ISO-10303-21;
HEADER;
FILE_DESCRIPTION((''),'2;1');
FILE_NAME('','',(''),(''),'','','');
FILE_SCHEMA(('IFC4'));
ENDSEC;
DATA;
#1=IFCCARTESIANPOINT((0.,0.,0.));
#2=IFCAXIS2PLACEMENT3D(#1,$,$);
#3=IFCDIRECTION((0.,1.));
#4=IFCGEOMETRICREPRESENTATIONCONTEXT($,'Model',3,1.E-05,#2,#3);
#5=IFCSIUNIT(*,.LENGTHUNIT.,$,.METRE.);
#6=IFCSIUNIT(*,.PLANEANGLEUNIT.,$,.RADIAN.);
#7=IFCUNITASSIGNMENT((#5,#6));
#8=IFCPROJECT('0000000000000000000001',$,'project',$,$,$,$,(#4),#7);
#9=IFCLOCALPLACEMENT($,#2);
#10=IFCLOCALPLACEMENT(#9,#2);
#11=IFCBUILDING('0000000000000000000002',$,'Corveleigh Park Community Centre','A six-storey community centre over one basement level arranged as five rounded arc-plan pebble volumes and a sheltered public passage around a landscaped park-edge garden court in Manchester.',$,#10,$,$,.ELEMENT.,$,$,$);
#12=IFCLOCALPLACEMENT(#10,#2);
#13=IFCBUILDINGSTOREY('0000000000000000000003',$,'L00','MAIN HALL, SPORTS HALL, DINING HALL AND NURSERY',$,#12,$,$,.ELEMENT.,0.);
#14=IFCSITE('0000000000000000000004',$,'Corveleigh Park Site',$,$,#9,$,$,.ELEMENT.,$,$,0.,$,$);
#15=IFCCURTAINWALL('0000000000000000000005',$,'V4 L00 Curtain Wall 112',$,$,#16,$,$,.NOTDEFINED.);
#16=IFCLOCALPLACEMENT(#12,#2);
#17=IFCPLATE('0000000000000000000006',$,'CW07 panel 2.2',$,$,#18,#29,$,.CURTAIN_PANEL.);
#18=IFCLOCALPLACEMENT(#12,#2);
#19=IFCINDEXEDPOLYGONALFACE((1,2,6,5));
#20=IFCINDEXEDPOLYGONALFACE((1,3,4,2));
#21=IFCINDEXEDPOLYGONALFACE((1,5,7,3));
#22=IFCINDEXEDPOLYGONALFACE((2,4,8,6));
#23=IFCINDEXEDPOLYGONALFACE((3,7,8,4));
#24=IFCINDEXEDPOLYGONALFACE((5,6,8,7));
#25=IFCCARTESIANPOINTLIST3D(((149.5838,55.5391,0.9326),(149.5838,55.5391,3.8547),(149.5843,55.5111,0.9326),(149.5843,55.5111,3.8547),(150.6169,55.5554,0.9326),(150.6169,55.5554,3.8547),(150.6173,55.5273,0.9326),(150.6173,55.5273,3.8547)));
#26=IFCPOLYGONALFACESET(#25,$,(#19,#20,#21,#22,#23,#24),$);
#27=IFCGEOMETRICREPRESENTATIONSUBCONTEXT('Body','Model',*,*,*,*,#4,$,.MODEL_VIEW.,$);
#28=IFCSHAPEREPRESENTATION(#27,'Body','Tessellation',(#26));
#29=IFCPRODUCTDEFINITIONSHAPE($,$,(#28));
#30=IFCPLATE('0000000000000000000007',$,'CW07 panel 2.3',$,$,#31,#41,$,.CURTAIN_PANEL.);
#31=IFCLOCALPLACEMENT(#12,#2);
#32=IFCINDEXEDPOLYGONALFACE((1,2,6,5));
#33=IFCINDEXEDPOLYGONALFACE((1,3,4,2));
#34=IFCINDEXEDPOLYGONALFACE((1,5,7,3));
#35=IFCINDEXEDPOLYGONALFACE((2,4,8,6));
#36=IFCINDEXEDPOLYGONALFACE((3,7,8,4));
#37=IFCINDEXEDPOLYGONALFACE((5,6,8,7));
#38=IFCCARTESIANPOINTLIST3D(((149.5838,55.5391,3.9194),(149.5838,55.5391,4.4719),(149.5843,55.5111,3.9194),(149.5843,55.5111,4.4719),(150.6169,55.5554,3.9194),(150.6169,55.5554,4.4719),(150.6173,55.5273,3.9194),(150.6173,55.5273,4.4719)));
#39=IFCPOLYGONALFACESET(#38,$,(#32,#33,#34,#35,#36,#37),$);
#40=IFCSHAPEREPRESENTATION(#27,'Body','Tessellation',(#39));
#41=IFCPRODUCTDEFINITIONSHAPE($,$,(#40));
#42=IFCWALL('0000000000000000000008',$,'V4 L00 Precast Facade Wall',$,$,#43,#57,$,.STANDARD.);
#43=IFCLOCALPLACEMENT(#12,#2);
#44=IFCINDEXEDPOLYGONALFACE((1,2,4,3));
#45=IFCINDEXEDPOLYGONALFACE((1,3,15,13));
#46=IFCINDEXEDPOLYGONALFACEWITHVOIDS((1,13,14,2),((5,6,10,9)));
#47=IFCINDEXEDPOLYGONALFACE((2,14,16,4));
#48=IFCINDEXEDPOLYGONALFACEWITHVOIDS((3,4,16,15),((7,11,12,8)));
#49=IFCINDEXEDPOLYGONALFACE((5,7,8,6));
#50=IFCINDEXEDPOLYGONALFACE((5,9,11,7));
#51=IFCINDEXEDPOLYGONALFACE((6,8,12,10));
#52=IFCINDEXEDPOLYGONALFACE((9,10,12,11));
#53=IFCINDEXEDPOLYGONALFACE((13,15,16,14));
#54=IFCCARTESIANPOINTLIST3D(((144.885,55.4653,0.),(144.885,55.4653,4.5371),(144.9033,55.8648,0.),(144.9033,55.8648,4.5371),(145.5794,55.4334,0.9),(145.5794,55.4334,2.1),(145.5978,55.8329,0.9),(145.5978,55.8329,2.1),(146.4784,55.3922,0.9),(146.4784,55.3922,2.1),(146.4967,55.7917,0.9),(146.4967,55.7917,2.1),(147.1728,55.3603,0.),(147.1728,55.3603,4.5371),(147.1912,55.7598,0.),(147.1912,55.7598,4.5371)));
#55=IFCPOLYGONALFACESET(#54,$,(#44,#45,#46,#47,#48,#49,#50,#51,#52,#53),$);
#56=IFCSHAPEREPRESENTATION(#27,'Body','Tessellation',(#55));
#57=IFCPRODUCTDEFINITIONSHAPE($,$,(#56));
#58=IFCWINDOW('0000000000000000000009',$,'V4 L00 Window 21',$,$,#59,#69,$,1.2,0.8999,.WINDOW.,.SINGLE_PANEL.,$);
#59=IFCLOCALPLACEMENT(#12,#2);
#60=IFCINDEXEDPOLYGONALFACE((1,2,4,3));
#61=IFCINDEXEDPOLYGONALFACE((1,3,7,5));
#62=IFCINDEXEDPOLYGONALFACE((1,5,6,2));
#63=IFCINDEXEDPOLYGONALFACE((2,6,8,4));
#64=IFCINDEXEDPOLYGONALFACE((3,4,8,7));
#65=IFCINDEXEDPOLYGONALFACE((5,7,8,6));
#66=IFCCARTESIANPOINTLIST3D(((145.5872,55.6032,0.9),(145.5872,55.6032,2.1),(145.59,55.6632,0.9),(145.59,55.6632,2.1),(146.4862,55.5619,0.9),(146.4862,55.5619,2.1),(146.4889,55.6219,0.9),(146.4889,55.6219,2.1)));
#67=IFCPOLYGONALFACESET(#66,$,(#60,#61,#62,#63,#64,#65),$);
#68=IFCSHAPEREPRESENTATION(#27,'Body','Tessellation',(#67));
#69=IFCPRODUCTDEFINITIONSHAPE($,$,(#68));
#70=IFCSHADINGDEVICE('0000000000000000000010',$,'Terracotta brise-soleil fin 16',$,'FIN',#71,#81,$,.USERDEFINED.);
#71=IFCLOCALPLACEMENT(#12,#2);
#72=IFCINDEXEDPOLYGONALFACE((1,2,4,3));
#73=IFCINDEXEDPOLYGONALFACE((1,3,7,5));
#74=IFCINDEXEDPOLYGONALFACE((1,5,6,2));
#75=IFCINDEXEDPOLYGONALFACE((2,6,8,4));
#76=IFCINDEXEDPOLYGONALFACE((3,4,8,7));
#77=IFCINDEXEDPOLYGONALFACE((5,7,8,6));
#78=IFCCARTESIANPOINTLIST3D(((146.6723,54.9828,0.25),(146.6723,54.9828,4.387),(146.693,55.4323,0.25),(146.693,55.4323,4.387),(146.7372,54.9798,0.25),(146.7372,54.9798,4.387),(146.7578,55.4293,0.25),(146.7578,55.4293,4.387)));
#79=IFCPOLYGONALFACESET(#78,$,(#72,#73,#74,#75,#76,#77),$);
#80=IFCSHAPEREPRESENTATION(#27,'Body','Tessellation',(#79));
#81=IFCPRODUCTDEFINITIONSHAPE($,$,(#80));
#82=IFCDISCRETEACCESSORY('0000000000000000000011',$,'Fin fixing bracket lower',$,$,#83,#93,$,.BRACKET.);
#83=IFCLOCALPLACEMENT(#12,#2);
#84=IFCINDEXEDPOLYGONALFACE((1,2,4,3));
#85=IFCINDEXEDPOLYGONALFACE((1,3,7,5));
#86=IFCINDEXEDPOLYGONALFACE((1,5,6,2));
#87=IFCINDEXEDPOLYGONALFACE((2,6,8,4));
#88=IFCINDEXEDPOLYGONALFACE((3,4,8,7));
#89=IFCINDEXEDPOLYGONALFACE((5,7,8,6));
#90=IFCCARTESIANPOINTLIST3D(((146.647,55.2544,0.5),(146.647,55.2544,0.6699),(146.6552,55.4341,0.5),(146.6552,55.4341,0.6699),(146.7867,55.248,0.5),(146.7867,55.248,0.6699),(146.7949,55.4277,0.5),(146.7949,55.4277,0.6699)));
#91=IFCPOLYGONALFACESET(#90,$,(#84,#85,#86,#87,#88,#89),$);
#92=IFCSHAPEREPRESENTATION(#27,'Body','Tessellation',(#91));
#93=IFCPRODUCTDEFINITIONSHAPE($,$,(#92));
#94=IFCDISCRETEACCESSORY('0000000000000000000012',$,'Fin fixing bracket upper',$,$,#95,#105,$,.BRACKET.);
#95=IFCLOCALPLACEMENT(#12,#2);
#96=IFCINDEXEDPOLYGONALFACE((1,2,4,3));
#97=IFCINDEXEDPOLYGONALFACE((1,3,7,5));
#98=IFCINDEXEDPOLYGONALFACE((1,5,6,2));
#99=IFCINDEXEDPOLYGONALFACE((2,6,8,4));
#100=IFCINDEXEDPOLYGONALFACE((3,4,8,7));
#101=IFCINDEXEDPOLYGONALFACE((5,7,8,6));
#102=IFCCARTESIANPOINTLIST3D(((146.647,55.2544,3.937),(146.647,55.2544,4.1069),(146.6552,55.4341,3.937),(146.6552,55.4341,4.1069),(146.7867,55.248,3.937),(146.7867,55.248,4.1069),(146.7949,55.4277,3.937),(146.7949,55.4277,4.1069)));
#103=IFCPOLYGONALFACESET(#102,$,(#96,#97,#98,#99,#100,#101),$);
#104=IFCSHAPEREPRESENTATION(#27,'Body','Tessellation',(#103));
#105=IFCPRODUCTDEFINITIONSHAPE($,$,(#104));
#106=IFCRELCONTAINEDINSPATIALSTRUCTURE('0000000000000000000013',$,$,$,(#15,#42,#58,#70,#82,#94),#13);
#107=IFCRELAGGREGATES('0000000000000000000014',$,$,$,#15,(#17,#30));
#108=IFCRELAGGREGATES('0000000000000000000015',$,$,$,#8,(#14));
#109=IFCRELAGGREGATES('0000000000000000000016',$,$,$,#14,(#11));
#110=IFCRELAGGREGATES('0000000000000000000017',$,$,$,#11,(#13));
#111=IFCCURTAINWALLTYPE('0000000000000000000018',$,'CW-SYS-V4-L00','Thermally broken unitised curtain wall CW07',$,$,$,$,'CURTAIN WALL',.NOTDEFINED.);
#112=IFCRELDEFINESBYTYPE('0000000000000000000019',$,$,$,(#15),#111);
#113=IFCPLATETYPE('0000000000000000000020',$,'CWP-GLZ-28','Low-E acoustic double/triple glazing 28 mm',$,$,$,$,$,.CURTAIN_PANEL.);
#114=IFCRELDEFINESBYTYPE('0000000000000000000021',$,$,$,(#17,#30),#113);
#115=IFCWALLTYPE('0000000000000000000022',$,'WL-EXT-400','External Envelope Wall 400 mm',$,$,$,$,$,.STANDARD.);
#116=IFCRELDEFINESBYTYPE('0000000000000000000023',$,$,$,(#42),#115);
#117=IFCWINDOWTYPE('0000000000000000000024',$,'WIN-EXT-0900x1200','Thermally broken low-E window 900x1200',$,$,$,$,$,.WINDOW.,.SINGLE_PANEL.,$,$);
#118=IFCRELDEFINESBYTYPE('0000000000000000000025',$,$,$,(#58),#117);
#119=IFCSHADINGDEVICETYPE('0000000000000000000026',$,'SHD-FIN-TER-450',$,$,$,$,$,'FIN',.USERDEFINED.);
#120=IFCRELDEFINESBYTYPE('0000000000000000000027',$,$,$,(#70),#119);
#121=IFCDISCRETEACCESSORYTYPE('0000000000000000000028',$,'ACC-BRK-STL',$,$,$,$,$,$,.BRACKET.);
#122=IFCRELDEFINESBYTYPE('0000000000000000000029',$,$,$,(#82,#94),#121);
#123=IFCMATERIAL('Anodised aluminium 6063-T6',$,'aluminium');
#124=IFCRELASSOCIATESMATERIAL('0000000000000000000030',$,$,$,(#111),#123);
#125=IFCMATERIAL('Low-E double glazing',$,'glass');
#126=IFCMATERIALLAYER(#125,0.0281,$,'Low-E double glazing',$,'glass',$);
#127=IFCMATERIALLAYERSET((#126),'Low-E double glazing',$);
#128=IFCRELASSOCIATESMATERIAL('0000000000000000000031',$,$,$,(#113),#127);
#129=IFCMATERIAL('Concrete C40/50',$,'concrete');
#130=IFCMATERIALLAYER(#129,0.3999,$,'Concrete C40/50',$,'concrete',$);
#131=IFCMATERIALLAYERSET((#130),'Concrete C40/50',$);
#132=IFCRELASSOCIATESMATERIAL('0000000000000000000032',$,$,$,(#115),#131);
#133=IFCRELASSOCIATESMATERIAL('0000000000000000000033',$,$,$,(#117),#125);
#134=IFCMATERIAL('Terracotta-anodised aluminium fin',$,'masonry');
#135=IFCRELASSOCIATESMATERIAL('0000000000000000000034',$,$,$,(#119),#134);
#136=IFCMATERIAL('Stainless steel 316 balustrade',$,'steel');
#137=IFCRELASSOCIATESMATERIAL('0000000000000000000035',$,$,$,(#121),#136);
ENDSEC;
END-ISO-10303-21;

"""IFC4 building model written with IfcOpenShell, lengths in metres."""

from ifc_helpers import new_model, si_unit, direction, frame, frame_2d, origin, origin_2d, place, context, subcontext, project, spatial, rectangle, extrude, material, layer, layer_set, type_object, element, fill, aggregate, save


model = new_model("IFC4")

# Units and contexts
model_context = context("Model", 3, precision=1e-05, world=origin(), true_north=direction((0.0, 1.0)))
body_context = subcontext(model_context, "Body", "Model", "MODEL_VIEW")
ifc_project = project(units=[si_unit("LENGTHUNIT", "METRE"), si_unit("PLANEANGLEUNIT", "RADIAN")], contexts=[model_context])

# Site, building, storey
site_placement = place(None, origin())
site = spatial("IfcSite", under=ifc_project, at=site_placement, Name="Corveleigh Park Site", CompositionType="ELEMENT", RefElevation=0.0)
building_placement = place(site_placement, origin())
building = spatial("IfcBuilding", under=site, at=building_placement, Name="Corveleigh Park Community Centre", Description="A six-storey community centre over one basement level arranged as five rounded arc-plan pebble volumes and a sheltered public passage around a landscaped park-edge garden court in Manchester.", CompositionType="ELEMENT")
storey_placement = place(building_placement, origin())
storey = spatial("IfcBuildingStorey", under=building, at=storey_placement, Name="L00", Description="MAIN HALL, SPORTS HALL, DINING HALL AND NURSERY", CompositionType="ELEMENT", Elevation=0.0)

# Shared definitions
ifc_material_1 = material(Name="Concrete C40/50", Category="concrete")

# Shared definitions
ifc_material_2 = material(Name="Anodised aluminium 6063-T6", Category="aluminium")
curtain_wall_type = type_object("IfcCurtainWallType", Name="CW-SYS-V4-L00", Description="Thermally broken unitised curtain wall CW07", ElementType="CURTAIN WALL", PredefinedType="NOTDEFINED", material=ifc_material_2)

# Curtain wall
curtain_wall_1_placement = place(storey_placement, origin())
curtain_wall_1 = element("IfcCurtainWall", 1, at=curtain_wall_1_placement, inside=storey, type_object=curtain_wall_type, Name="V4 L00 Curtain Wall 112", PredefinedType="NOTDEFINED")

# Plates
ifc_material_3 = material(Name="Low-E double glazing", Category="glass")
ifc_layer_1 = layer(ifc_material_3, 0.0281, Name="Low-E double glazing", Category="glass")
ifc_layer_set_1 = layer_set([ifc_layer_1], Name="Low-E double glazing")
plate_type = type_object("IfcPlateType", Name="CWP-GLZ-28", Description="Low-E acoustic double/triple glazing 28 mm", PredefinedType="CURTAIN_PANEL", material=ifc_layer_set_1)
plate_1_placement = place(storey_placement, frame((150.1006, 55.5332, 0.9326), z_axis=(0.0, 0.0, 1.0), x_axis=(-0.999877, -0.015712, 0.0)))
plate_1 = element("IfcPlate", 2, at=plate_1_placement, type_object=plate_type, Name="CW07 panel 2.2", PredefinedType="CURTAIN_PANEL", context=body_context, shape_type="SweptSolid", body=[
    extrude(rectangle(XDim=1.0332, YDim=0.0281, at=origin_2d()), origin(), (0.0, 0.0, 1.0), 2.9221),
])
plate_2_placement = place(storey_placement, frame((150.1006, 55.5332, 3.9194), z_axis=(0.0, 0.0, 1.0), x_axis=(-0.999877, -0.015712, 0.0)))
plate_2 = element("IfcPlate", 3, at=plate_2_placement, type_object=plate_type, Name="CW07 panel 2.3", PredefinedType="CURTAIN_PANEL", context=body_context, shape_type="SweptSolid", body=[
    extrude(rectangle(XDim=1.0332, YDim=0.0281, at=origin_2d()), origin(), (0.0, 0.0, 1.0), 0.5525),
])
aggregate(curtain_wall_1, [plate_1, plate_2])

# Wall, opening, window
ifc_layer_2 = layer(ifc_material_1, 0.3999, Name="Concrete C40/50", Category="concrete")
ifc_layer_set_2 = layer_set([ifc_layer_2], Name="Concrete C40/50")
wall_type = type_object("IfcWallType", Name="WL-EXT-400", Description="External Envelope Wall 400 mm", PredefinedType="STANDARD", material=ifc_layer_set_2)
wall_placement = place(storey_placement, frame((147.1819, 55.5601, 0.0), z_axis=(0.0, 0.0, 1.0), x_axis=(-0.998949, 0.045838, 0.0)))
wall = element("IfcWall", 4, at=wall_placement, inside=storey, type_object=wall_type, Name="V4 L00 Precast Facade Wall", PredefinedType="STANDARD", context=body_context, shape_type="SweptSolid", body=[
    extrude(rectangle(XDim=2.2903, YDim=0.3999, at=frame_2d((1.145, 0.0))), origin(), (0.0, 0.0, 1.0), 4.5371),
])
opening_placement = place(wall_placement, frame((0.6951, 0.0, 0.8999)))
opening = element("IfcOpeningElement", 5, at=opening_placement, cuts=wall, PredefinedType="OPENING", context=body_context, shape_type="SweptSolid", body=[
    extrude(rectangle(XDim=0.8999, YDim=1.2, at=frame_2d((0.45, 0.6001))), frame((0.0, 0.21, 0.0), z_axis=(0.0, -1.0, 0.0), x_axis=(1.0, 0.0, 0.0)), (0.0, 0.0, 1.0), 0.4199),
])
window_type = type_object("IfcWindowType", Name="WIN-EXT-0900x1200", Description="Thermally broken low-E window 900x1200", PartitioningType="SINGLE_PANEL", PredefinedType="WINDOW", material=ifc_material_3)
window_placement = place(opening_placement, origin())
window = element("IfcWindow", 6, at=window_placement, inside=storey, type_object=window_type, Name="V4 L00 Window 21", OverallHeight=1.2, OverallWidth=0.8999, PartitioningType="SINGLE_PANEL", PredefinedType="WINDOW", context=body_context, shape_type="SweptSolid", body=[
    extrude(rectangle(XDim=0.8999, YDim=1.2, at=frame_2d((0.45, 0.6001))), frame((0.0, 0.03, 0.0), z_axis=(0.0, -1.0, 0.0), x_axis=(1.0, 0.0, 0.0)), (0.0, 0.0, 1.0), 0.0601),
])
fill(opening, window)

# Shading device
ifc_material_4 = material(Name="Terracotta-anodised aluminium fin", Category="masonry")
shading_device_type = type_object("IfcShadingDeviceType", Name="SHD-FIN-TER-450", ElementType="FIN", PredefinedType="USERDEFINED", material=ifc_material_4)
shading_device_placement = place(storey_placement, frame((146.7151, 55.2061, 0.25), z_axis=(0.0, 0.0, 1.0), x_axis=(-0.045843, -0.998949, 0.0)))
element("IfcShadingDevice", 7, at=shading_device_placement, inside=storey, type_object=shading_device_type, Name="Terracotta brise-soleil fin 16", ObjectType="FIN", PredefinedType="USERDEFINED", context=body_context, shape_type="SweptSolid", body=[
    extrude(rectangle(XDim=0.45, YDim=0.0649, at=origin_2d()), origin(), (0.0, 0.0, 1.0), 4.137),
])

# Discrete accessories
ifc_material_5 = material(Name="Stainless steel 316 balustrade", Category="steel")
discrete_accessory_type = type_object("IfcDiscreteAccessoryType", Name="ACC-BRK-STL", PredefinedType="BRACKET", material=ifc_material_5)
for number, where, z_axis, x_axis, name in (
    (8, (146.7209, 55.3411, 0.5), (0.0, 0.0, 1.0), (-0.045843, -0.998949, 0.0), "Fin fixing bracket lower"),
    (9, (146.7209, 55.3411, 3.937), (0.0, 0.0, 1.0), (-0.045843, -0.998949, 0.0), "Fin fixing bracket upper"),
):
    element("IfcDiscreteAccessory", number, at=place(storey_placement, frame(where, z_axis=z_axis, x_axis=x_axis)), inside=storey, type_object=discrete_accessory_type, Name=name, PredefinedType="BRACKET", context=body_context, shape_type="SweptSolid", body=[
        extrude(rectangle(XDim=0.1799, YDim=0.1399, at=origin_2d()), origin(), (0.0, 0.0, 1.0), 0.1699),
    ])

save(model, "model.ifc")
